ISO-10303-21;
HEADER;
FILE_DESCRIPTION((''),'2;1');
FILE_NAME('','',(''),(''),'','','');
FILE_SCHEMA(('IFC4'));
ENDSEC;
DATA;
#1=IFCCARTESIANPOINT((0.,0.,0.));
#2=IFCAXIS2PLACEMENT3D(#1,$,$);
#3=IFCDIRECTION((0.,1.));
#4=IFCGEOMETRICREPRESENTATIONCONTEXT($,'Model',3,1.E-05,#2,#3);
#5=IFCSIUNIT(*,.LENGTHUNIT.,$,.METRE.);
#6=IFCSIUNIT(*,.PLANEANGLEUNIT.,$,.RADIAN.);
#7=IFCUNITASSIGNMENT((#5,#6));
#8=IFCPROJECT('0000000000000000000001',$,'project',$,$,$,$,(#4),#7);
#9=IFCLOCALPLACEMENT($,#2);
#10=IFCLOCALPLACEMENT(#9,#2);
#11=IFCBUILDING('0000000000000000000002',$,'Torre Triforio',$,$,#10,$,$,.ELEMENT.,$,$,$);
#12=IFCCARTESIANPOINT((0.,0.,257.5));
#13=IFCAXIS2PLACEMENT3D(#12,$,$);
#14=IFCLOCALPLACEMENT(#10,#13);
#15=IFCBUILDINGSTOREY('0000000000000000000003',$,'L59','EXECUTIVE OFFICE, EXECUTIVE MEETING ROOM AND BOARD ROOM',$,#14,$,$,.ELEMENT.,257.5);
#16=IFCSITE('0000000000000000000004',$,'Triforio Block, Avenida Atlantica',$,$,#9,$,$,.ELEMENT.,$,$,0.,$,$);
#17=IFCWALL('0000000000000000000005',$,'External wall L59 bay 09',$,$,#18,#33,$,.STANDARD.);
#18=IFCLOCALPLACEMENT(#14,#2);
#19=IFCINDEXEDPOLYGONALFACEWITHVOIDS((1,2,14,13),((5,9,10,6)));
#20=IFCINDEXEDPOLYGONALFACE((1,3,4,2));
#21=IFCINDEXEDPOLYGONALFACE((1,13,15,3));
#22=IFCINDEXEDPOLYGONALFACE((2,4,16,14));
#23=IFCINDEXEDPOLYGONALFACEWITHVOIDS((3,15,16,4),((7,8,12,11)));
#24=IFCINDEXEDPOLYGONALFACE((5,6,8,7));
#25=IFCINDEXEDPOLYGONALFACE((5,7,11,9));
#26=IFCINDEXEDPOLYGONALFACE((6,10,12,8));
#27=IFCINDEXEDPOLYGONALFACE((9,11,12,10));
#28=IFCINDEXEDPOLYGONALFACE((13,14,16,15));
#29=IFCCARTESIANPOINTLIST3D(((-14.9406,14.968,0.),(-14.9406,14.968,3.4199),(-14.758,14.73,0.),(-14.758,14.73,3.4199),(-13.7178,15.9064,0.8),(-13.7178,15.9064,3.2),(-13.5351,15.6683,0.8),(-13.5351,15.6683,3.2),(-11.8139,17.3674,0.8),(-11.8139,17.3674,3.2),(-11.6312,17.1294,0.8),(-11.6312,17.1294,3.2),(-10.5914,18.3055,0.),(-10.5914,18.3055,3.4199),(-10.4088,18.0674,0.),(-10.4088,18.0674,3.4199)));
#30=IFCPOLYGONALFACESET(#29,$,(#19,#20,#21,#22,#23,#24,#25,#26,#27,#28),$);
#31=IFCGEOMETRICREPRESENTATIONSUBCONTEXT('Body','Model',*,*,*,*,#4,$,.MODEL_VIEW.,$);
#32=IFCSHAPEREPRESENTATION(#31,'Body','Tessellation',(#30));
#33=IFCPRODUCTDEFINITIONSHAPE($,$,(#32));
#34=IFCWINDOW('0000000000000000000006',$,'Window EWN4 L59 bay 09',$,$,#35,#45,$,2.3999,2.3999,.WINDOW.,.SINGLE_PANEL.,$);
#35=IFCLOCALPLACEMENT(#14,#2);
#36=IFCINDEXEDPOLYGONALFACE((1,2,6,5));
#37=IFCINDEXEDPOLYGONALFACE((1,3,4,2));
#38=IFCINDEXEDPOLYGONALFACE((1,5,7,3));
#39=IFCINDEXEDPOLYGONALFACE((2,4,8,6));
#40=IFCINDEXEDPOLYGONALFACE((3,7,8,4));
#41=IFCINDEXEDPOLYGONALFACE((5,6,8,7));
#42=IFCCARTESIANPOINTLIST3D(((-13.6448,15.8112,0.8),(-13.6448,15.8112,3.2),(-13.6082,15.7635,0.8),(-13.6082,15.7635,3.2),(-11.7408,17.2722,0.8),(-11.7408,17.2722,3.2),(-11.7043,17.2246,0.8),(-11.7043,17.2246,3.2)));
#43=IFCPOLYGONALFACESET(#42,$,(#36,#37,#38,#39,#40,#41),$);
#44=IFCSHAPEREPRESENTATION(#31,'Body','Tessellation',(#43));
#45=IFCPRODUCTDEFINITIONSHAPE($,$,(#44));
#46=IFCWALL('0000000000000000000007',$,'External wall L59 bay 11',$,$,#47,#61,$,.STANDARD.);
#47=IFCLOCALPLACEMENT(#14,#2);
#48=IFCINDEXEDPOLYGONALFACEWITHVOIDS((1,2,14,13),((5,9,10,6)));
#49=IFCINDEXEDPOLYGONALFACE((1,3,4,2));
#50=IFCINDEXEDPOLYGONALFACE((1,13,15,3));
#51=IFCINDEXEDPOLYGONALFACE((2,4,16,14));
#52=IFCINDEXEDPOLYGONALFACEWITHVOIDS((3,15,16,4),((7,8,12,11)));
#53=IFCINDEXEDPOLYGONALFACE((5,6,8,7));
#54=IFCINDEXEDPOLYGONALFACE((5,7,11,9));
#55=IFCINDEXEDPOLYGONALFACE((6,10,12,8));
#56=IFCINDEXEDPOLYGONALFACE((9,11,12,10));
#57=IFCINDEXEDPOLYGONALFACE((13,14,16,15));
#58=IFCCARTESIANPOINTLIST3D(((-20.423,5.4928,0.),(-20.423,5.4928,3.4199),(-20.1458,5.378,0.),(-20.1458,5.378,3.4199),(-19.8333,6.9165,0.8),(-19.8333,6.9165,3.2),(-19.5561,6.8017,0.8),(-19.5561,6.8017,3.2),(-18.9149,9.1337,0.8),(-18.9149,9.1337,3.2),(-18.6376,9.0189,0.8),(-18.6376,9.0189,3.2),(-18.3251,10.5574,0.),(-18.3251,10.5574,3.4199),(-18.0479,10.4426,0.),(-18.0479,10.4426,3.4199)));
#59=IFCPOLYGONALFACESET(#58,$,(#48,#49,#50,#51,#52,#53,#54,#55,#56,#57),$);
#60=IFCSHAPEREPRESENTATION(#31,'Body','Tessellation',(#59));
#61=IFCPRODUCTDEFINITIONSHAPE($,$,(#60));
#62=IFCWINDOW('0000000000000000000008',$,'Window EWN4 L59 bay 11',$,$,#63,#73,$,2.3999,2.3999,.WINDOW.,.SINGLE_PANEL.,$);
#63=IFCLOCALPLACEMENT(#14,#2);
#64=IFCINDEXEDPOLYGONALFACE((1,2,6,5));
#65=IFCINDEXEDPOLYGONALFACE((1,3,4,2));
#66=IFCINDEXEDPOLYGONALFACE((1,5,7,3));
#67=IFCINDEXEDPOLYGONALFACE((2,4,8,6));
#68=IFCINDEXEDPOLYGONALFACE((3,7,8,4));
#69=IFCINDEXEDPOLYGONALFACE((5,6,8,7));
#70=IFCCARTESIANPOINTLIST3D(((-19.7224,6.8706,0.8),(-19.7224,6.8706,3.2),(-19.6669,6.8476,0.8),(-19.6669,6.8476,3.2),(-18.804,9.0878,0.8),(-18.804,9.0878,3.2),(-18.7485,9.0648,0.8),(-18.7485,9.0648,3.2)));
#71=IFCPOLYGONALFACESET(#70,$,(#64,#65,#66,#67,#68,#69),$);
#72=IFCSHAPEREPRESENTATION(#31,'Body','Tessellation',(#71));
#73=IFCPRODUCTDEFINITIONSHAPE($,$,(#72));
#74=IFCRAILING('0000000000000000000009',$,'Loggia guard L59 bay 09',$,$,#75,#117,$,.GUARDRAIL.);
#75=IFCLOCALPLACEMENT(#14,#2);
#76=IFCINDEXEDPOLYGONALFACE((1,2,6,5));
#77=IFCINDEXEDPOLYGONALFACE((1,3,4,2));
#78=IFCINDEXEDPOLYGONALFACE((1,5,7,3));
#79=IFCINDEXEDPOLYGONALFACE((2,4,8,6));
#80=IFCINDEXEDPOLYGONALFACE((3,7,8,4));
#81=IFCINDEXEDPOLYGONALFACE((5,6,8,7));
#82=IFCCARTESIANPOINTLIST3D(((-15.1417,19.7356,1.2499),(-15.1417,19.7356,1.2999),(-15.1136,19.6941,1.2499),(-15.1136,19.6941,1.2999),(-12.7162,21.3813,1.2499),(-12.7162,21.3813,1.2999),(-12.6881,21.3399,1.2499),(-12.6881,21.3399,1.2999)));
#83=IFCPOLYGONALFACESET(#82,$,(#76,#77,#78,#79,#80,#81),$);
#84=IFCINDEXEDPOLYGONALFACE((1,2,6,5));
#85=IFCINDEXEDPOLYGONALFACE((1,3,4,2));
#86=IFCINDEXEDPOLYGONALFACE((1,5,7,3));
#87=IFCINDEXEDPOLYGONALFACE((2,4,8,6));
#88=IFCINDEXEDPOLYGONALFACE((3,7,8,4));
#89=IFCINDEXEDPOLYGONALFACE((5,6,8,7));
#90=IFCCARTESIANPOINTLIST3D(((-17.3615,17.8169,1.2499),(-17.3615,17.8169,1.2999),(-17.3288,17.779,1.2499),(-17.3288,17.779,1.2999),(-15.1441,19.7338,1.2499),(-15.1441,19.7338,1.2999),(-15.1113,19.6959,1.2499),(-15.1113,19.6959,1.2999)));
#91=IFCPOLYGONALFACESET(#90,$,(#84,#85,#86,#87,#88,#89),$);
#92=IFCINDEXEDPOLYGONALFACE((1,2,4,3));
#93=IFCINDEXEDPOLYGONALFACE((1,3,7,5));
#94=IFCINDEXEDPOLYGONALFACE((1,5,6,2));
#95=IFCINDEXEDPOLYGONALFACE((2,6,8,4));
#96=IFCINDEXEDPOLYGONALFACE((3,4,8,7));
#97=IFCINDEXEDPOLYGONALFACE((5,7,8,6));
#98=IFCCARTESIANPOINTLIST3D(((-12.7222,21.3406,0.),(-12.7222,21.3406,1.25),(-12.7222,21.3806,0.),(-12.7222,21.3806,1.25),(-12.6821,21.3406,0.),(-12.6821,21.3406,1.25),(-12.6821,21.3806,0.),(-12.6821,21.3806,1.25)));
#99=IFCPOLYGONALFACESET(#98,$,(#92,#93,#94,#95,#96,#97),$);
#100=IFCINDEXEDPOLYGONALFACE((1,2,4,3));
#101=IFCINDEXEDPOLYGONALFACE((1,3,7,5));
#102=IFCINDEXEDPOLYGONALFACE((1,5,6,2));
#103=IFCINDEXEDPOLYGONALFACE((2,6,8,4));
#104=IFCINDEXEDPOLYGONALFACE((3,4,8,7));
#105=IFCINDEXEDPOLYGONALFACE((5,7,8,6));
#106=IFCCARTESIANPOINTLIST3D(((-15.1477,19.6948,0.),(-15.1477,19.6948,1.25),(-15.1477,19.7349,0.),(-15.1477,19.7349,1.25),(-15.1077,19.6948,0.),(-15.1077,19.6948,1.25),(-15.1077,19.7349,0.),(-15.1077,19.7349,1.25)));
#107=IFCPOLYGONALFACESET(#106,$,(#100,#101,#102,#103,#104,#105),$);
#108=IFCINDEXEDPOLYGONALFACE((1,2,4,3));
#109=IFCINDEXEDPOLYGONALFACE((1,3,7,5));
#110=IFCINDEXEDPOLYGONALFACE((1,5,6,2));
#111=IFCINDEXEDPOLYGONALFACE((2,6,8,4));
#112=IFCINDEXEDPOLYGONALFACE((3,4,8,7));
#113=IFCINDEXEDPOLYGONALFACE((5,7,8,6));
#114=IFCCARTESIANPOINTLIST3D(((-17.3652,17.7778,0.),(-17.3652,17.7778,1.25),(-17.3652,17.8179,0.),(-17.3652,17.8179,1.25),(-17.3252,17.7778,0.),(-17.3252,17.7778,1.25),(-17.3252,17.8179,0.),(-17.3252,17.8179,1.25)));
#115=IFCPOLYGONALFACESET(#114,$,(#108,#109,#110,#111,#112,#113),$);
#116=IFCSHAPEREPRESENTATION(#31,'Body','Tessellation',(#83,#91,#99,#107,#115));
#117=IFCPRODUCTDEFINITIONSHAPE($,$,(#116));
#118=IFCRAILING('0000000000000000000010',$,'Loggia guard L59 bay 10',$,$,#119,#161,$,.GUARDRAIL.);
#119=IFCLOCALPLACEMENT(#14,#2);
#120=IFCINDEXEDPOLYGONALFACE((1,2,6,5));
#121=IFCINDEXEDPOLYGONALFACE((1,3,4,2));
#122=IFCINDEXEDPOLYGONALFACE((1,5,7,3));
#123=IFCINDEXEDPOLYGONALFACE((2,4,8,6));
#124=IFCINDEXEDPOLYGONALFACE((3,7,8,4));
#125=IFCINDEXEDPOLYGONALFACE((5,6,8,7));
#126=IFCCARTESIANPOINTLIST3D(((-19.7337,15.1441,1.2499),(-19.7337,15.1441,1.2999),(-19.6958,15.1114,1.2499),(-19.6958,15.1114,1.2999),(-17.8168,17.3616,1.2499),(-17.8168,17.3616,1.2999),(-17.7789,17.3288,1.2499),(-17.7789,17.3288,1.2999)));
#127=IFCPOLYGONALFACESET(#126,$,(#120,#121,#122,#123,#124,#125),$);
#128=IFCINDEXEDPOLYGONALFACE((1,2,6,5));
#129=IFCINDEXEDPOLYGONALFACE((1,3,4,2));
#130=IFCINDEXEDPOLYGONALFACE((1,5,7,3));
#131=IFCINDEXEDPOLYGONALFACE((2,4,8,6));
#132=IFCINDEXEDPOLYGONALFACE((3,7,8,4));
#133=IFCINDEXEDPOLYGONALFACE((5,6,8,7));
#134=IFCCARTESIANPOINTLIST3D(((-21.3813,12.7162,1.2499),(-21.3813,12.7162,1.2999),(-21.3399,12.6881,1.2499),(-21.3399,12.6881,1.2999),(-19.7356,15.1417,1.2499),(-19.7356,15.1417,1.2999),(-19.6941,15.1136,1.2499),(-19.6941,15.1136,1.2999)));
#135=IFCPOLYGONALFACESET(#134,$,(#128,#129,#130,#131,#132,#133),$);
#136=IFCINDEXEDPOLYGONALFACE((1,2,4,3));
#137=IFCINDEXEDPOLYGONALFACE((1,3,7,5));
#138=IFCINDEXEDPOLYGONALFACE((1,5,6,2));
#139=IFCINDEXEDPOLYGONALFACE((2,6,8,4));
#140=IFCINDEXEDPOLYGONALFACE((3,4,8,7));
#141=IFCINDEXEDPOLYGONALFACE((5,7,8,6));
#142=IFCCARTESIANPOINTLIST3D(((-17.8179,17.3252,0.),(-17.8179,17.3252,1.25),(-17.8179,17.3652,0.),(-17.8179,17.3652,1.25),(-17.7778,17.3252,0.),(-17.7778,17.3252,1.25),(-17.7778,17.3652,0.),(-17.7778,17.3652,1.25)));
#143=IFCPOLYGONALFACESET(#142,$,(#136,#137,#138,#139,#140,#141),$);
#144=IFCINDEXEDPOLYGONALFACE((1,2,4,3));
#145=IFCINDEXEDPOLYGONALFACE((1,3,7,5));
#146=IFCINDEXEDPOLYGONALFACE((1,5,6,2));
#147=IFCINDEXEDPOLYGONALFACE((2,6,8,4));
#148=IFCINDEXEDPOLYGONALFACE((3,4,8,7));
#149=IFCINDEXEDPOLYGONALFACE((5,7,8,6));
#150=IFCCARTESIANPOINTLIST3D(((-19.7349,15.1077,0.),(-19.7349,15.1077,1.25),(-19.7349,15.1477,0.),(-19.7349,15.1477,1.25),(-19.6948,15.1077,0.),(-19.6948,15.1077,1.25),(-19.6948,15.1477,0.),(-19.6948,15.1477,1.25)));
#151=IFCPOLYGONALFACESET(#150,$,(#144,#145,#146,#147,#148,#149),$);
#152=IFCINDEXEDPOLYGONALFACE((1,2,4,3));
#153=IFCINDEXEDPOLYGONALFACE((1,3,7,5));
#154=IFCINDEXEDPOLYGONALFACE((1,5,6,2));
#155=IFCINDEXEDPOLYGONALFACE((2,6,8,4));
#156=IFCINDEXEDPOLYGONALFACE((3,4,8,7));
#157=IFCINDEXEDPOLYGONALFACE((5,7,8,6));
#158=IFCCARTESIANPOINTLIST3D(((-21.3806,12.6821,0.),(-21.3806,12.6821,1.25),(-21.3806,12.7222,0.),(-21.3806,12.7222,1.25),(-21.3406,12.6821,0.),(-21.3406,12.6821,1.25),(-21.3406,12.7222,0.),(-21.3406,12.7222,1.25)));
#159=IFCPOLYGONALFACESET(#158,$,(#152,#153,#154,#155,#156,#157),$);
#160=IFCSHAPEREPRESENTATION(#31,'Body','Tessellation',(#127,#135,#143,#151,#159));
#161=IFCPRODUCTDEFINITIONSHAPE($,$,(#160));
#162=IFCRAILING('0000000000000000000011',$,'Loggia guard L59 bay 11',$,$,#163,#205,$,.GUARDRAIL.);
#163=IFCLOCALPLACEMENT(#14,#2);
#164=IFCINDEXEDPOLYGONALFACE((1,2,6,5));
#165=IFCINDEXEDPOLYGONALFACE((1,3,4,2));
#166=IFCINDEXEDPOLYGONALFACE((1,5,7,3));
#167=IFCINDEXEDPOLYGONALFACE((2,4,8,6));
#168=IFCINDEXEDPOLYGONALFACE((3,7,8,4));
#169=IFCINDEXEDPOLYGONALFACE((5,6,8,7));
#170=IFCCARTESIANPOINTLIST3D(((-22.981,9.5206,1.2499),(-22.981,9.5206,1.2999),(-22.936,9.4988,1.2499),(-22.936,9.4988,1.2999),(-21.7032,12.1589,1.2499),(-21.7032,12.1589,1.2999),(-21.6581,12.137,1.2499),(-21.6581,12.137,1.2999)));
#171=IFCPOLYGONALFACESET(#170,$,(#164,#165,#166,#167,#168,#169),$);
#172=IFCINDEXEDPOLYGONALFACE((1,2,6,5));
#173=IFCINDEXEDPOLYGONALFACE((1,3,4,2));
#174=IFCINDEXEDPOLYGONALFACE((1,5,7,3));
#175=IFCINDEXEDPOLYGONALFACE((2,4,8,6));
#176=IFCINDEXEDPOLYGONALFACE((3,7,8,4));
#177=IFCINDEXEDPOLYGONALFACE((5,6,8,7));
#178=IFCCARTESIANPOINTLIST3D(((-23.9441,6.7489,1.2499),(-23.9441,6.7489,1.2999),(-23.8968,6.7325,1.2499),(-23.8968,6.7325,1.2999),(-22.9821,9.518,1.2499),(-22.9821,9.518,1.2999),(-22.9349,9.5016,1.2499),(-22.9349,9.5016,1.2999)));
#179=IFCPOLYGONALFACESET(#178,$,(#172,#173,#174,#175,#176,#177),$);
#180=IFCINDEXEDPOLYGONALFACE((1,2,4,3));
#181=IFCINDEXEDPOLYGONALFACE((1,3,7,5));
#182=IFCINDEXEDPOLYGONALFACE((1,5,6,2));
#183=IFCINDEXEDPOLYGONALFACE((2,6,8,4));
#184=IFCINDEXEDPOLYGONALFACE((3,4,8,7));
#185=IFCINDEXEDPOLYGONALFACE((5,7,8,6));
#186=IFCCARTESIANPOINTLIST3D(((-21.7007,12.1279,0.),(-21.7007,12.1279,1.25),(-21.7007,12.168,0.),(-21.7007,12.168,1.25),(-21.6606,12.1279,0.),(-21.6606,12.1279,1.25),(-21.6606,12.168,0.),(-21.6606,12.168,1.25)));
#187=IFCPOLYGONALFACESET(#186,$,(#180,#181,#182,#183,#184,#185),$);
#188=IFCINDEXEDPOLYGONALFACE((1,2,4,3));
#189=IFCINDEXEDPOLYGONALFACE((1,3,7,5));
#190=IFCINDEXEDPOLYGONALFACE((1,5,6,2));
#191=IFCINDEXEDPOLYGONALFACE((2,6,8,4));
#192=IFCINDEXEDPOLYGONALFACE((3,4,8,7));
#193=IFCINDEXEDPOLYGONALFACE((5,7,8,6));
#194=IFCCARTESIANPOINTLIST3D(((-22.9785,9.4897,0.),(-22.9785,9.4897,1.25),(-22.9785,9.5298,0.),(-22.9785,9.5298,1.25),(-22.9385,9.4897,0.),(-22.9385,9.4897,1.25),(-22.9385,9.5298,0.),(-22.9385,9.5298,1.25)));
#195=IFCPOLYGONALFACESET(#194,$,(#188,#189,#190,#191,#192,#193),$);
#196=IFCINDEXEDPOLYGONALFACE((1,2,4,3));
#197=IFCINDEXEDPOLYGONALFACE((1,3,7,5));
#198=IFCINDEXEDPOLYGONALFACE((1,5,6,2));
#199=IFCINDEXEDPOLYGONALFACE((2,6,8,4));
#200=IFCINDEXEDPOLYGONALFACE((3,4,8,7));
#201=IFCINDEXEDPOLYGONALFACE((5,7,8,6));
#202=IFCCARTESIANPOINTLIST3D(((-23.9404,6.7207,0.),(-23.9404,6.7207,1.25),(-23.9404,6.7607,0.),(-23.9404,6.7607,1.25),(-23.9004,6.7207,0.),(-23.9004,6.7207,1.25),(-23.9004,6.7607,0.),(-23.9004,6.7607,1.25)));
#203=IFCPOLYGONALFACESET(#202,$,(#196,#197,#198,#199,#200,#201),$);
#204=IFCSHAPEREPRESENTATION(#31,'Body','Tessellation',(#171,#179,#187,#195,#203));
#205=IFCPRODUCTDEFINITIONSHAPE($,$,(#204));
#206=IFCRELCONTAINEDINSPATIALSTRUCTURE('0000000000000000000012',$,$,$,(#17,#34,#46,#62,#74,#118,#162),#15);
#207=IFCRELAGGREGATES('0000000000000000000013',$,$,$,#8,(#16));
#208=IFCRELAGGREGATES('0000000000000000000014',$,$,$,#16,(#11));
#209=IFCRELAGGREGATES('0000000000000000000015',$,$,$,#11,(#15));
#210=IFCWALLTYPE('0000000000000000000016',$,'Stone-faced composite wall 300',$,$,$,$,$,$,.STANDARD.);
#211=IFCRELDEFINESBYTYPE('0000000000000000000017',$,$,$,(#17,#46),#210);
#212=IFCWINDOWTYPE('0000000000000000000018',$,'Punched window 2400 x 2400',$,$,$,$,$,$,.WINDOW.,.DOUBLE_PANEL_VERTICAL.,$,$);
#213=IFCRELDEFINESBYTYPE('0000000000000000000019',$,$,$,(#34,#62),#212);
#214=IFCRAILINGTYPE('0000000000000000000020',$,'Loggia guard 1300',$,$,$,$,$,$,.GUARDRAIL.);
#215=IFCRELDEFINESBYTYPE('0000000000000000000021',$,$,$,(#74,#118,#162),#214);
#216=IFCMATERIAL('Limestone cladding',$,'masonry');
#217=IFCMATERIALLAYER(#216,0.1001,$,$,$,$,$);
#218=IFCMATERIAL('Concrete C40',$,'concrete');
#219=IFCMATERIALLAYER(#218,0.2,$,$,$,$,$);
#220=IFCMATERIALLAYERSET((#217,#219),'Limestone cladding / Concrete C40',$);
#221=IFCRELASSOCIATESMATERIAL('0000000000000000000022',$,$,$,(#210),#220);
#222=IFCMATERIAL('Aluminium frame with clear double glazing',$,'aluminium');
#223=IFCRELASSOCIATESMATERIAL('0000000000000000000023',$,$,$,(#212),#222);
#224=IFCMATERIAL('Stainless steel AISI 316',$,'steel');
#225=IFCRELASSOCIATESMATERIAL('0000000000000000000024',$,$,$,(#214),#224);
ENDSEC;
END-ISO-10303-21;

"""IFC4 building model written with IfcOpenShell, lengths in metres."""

from ifc_helpers import new_model, si_unit, direction, frame, frame_2d, origin, origin_2d, place, context, subcontext, project, spatial, rectangle, extrude, material, layer, layer_set, type_object, element, fill, save


model = new_model("IFC4")

# Units and contexts
model_context = context("Model", 3, precision=1e-05, world=origin(), true_north=direction((0.0, 1.0)))
body_context = subcontext(model_context, "Body", "Model", "MODEL_VIEW")
ifc_project = project(units=[si_unit("LENGTHUNIT", "METRE"), si_unit("PLANEANGLEUNIT", "RADIAN")], contexts=[model_context])

# Site, building, storey
site_placement = place(None, origin())
site = spatial("IfcSite", under=ifc_project, at=site_placement, Name="Triforio Block, Avenida Atlantica", CompositionType="ELEMENT", RefElevation=0.0)
building_placement = place(site_placement, origin())
building = spatial("IfcBuilding", under=site, at=building_placement, Name="Torre Triforio", CompositionType="ELEMENT")
storey_placement = place(building_placement, frame((0.0, 0.0, 257.5)))
storey = spatial("IfcBuildingStorey", under=building, at=storey_placement, Name="L59", Description="EXECUTIVE OFFICE, EXECUTIVE MEETING ROOM AND BOARD ROOM", CompositionType="ELEMENT", Elevation=257.5)

# Shared definitions
ifc_material_1 = material(Name="Concrete C40", Category="concrete")

# Shared definitions
ifc_material_2 = material(Name="Limestone cladding", Category="masonry")

# Wall, opening, window
ifc_layer_1 = layer(ifc_material_2, 0.1001)
ifc_layer_2 = layer(ifc_material_1, 0.2)
ifc_layer_set_1 = layer_set([ifc_layer_1, ifc_layer_2], Name="Limestone cladding / Concrete C40")
wall_type_1 = type_object("IfcWallType", Name="Stone-faced composite wall 300", PredefinedType="STANDARD", material=ifc_layer_set_1)
wall_1_placement = place(storey_placement, frame((-10.5, 18.1865, 0.0), z_axis=(0.0, 0.0, 1.0), x_axis=(-0.793335, -0.608785, 0.0)))
wall_1 = element("IfcWall", 1, at=wall_1_placement, inside=storey, type_object=wall_type_1, Name="External wall L59 bay 09", PredefinedType="STANDARD", context=body_context, shape_type="SweptSolid", body=[
    extrude(rectangle(XDim=5.4822, YDim=0.3, at=frame_2d((2.7412, 0.0))), origin(), (0.0, 0.0, 1.0), 3.4199),
])
opening_1_placement = place(wall_1_placement, frame((1.541, 0.0, 0.8)))
opening_1 = element("IfcOpeningElement", 2, at=opening_1_placement, cuts=wall_1, PredefinedType="OPENING", context=body_context, shape_type="SweptSolid", body=[
    extrude(rectangle(XDim=2.3999, YDim=2.3999, at=frame_2d((1.2, 1.2))), frame((0.0, 0.1599, 0.0), z_axis=(0.0, -1.0, 0.0), x_axis=(1.0, 0.0, 0.0)), (0.0, 0.0, 1.0), 0.3201),
])
ifc_material_3 = material(Name="Aluminium frame with clear double glazing", Category="aluminium")
window_type_1 = type_object("IfcWindowType", Name="Punched window 2400 x 2400", PartitioningType="DOUBLE_PANEL_VERTICAL", PredefinedType="WINDOW", material=ifc_material_3)
window_1_placement = place(opening_1_placement, origin())
window_1 = element("IfcWindow", 3, at=window_1_placement, inside=storey, type_object=window_type_1, Name="Window EWN4 L59 bay 09", OverallHeight=2.3999, OverallWidth=2.3999, PartitioningType="SINGLE_PANEL", PredefinedType="WINDOW", context=body_context, shape_type="SweptSolid", body=[
    extrude(rectangle(XDim=2.3999, YDim=2.3999, at=frame_2d((1.2, 1.2))), frame((0.0, 0.03, 0.0), z_axis=(0.0, -1.0, 0.0), x_axis=(1.0, 0.0, 0.0)), (0.0, 0.0, 1.0), 0.0601),
])
fill(opening_1, window_1)

# Wall, opening, window
wall_2_placement = place(storey_placement, frame((-18.1865, 10.5, 0.0), z_axis=(0.0, 0.0, 1.0), x_axis=(-0.382689, -0.923877, 0.0)))
wall_2 = element("IfcWall", 4, at=wall_2_placement, inside=storey, type_object=wall_type_1, Name="External wall L59 bay 11", PredefinedType="STANDARD", context=body_context, shape_type="SweptSolid", body=[
    extrude(rectangle(XDim=5.4819, YDim=0.3, at=frame_2d((2.741, 0.0))), origin(), (0.0, 0.0, 1.0), 3.4199),
])
opening_2_placement = place(wall_2_placement, frame((1.541, 0.0, 0.8)))
opening_2 = element("IfcOpeningElement", 5, at=opening_2_placement, cuts=wall_2, PredefinedType="OPENING", context=body_context, shape_type="SweptSolid", body=[
    extrude(rectangle(XDim=2.3999, YDim=2.3999, at=frame_2d((1.2, 1.2))), frame((0.0, 0.1599, 0.0), z_axis=(0.0, -1.0, 0.0), x_axis=(1.0, 0.0, 0.0)), (0.0, 0.0, 1.0), 0.3201),
])
window_2_placement = place(opening_2_placement, origin())
window_2 = element("IfcWindow", 6, at=window_2_placement, inside=storey, type_object=window_type_1, Name="Window EWN4 L59 bay 11", OverallHeight=2.3999, OverallWidth=2.3999, PartitioningType="SINGLE_PANEL", PredefinedType="WINDOW", context=body_context, shape_type="SweptSolid", body=[
    extrude(rectangle(XDim=2.3999, YDim=2.3999, at=frame_2d((1.2, 1.2))), frame((0.0, 0.03, 0.0), z_axis=(0.0, -1.0, 0.0), x_axis=(1.0, 0.0, 0.0)), (0.0, 0.0, 1.0), 0.0601),
])
fill(opening_2, window_2)

# Railings
ifc_material_4 = material(Name="Stainless steel AISI 316", Category="steel")
railing_type = type_object("IfcRailingType", Name="Loggia guard 1300", PredefinedType="GUARDRAIL", material=ifc_material_4)
railing_1_placement = place(storey_placement, frame((-12.7021, 21.3606, 0.0)))
element("IfcRailing", 7, at=railing_1_placement, inside=storey, type_object=railing_type, Name="Loggia guard L59 bay 09", PredefinedType="GUARDRAIL", context=body_context, shape_type="SweptSolid", body=[
    extrude(rectangle(XDim=0.05, YDim=0.05, at=origin_2d()), frame((0.0, 0.0, 1.2749), z_axis=(-0.827499, -0.561467, 0.0), x_axis=(0.561467, -0.827499, 0.0)), (0.0, 0.0, 1.0), 2.9312),
    extrude(rectangle(XDim=0.05, YDim=0.05, at=origin_2d()), frame((-2.4255, -1.6458, 1.2749), z_axis=(-0.75651, -0.653982, 0.0), x_axis=(0.653982, -0.75651, 0.0)), (0.0, 0.0, 1.0), 2.9312),
    extrude(rectangle(XDim=0.04, YDim=0.04, at=origin_2d()), origin(), (0.0, 0.0, 1.0), 1.25),
    extrude(rectangle(XDim=0.04, YDim=0.04, at=origin_2d()), frame((-2.4255, -1.6458, 0.0)), (0.0, 0.0, 1.0), 1.25),
    extrude(rectangle(XDim=0.04, YDim=0.04, at=origin_2d()), frame((-4.6431, -3.5627, 0.0)), (0.0, 0.0, 1.0), 1.25),
])
railing_2_placement = place(storey_placement, frame((-17.7979, 17.3452, 0.0)))
element("IfcRailing", 8, at=railing_2_placement, inside=storey, type_object=railing_type, Name="Loggia guard L59 bay 10", PredefinedType="GUARDRAIL", context=body_context, shape_type="SweptSolid", body=[
    extrude(rectangle(XDim=0.05, YDim=0.05, at=origin_2d()), frame((0.0, 0.0, 1.2749), z_axis=(-0.653982, -0.75651, 0.0), x_axis=(0.75651, -0.653982, 0.0)), (0.0, 0.0, 1.0), 2.9312),
    extrude(rectangle(XDim=0.05, YDim=0.05, at=origin_2d()), frame((-1.917, -2.2175, 1.2749), z_axis=(-0.561467, -0.827499, 0.0), x_axis=(0.827499, -0.561467, 0.0)), (0.0, 0.0, 1.0), 2.9312),
    extrude(rectangle(XDim=0.04, YDim=0.04, at=origin_2d()), origin(), (0.0, 0.0, 1.0), 1.25),
    extrude(rectangle(XDim=0.04, YDim=0.04, at=origin_2d()), frame((-1.917, -2.2175, 0.0)), (0.0, 0.0, 1.0), 1.25),
    extrude(rectangle(XDim=0.04, YDim=0.04, at=origin_2d()), frame((-3.5627, -4.6431, 0.0)), (0.0, 0.0, 1.0), 1.25),
])
railing_3_placement = place(storey_placement, frame((-21.6807, 12.1479, 0.0)))
element("IfcRailing", 9, at=railing_3_placement, inside=storey, type_object=railing_type, Name="Loggia guard L59 bay 11", PredefinedType="GUARDRAIL", context=body_context, shape_type="SweptSolid", body=[
    extrude(rectangle(XDim=0.05, YDim=0.05, at=origin_2d()), frame((0.0, 0.0, 1.2749), z_axis=(-0.435918, -0.899986, 0.0), x_axis=(0.899986, -0.435918, 0.0)), (0.0, 0.0, 1.0), 2.9314),
    extrude(rectangle(XDim=0.05, YDim=0.05, at=origin_2d()), frame((-1.2778, -2.6382, 1.2749), z_axis=(-0.328146, -0.944627, 0.0), x_axis=(0.944627, -0.328146, 0.0)), (0.0, 0.0, 1.0), 2.9314),
    extrude(rectangle(XDim=0.04, YDim=0.04, at=origin_2d()), origin(), (0.0, 0.0, 1.0), 1.25),
    extrude(rectangle(XDim=0.04, YDim=0.04, at=origin_2d()), frame((-1.2778, -2.6382, 0.0)), (0.0, 0.0, 1.0), 1.25),
    extrude(rectangle(XDim=0.04, YDim=0.04, at=origin_2d()), frame((-2.2397, -5.4072, 0.0)), (0.0, 0.0, 1.0), 1.25),
])

save(model, "model.ifc")
